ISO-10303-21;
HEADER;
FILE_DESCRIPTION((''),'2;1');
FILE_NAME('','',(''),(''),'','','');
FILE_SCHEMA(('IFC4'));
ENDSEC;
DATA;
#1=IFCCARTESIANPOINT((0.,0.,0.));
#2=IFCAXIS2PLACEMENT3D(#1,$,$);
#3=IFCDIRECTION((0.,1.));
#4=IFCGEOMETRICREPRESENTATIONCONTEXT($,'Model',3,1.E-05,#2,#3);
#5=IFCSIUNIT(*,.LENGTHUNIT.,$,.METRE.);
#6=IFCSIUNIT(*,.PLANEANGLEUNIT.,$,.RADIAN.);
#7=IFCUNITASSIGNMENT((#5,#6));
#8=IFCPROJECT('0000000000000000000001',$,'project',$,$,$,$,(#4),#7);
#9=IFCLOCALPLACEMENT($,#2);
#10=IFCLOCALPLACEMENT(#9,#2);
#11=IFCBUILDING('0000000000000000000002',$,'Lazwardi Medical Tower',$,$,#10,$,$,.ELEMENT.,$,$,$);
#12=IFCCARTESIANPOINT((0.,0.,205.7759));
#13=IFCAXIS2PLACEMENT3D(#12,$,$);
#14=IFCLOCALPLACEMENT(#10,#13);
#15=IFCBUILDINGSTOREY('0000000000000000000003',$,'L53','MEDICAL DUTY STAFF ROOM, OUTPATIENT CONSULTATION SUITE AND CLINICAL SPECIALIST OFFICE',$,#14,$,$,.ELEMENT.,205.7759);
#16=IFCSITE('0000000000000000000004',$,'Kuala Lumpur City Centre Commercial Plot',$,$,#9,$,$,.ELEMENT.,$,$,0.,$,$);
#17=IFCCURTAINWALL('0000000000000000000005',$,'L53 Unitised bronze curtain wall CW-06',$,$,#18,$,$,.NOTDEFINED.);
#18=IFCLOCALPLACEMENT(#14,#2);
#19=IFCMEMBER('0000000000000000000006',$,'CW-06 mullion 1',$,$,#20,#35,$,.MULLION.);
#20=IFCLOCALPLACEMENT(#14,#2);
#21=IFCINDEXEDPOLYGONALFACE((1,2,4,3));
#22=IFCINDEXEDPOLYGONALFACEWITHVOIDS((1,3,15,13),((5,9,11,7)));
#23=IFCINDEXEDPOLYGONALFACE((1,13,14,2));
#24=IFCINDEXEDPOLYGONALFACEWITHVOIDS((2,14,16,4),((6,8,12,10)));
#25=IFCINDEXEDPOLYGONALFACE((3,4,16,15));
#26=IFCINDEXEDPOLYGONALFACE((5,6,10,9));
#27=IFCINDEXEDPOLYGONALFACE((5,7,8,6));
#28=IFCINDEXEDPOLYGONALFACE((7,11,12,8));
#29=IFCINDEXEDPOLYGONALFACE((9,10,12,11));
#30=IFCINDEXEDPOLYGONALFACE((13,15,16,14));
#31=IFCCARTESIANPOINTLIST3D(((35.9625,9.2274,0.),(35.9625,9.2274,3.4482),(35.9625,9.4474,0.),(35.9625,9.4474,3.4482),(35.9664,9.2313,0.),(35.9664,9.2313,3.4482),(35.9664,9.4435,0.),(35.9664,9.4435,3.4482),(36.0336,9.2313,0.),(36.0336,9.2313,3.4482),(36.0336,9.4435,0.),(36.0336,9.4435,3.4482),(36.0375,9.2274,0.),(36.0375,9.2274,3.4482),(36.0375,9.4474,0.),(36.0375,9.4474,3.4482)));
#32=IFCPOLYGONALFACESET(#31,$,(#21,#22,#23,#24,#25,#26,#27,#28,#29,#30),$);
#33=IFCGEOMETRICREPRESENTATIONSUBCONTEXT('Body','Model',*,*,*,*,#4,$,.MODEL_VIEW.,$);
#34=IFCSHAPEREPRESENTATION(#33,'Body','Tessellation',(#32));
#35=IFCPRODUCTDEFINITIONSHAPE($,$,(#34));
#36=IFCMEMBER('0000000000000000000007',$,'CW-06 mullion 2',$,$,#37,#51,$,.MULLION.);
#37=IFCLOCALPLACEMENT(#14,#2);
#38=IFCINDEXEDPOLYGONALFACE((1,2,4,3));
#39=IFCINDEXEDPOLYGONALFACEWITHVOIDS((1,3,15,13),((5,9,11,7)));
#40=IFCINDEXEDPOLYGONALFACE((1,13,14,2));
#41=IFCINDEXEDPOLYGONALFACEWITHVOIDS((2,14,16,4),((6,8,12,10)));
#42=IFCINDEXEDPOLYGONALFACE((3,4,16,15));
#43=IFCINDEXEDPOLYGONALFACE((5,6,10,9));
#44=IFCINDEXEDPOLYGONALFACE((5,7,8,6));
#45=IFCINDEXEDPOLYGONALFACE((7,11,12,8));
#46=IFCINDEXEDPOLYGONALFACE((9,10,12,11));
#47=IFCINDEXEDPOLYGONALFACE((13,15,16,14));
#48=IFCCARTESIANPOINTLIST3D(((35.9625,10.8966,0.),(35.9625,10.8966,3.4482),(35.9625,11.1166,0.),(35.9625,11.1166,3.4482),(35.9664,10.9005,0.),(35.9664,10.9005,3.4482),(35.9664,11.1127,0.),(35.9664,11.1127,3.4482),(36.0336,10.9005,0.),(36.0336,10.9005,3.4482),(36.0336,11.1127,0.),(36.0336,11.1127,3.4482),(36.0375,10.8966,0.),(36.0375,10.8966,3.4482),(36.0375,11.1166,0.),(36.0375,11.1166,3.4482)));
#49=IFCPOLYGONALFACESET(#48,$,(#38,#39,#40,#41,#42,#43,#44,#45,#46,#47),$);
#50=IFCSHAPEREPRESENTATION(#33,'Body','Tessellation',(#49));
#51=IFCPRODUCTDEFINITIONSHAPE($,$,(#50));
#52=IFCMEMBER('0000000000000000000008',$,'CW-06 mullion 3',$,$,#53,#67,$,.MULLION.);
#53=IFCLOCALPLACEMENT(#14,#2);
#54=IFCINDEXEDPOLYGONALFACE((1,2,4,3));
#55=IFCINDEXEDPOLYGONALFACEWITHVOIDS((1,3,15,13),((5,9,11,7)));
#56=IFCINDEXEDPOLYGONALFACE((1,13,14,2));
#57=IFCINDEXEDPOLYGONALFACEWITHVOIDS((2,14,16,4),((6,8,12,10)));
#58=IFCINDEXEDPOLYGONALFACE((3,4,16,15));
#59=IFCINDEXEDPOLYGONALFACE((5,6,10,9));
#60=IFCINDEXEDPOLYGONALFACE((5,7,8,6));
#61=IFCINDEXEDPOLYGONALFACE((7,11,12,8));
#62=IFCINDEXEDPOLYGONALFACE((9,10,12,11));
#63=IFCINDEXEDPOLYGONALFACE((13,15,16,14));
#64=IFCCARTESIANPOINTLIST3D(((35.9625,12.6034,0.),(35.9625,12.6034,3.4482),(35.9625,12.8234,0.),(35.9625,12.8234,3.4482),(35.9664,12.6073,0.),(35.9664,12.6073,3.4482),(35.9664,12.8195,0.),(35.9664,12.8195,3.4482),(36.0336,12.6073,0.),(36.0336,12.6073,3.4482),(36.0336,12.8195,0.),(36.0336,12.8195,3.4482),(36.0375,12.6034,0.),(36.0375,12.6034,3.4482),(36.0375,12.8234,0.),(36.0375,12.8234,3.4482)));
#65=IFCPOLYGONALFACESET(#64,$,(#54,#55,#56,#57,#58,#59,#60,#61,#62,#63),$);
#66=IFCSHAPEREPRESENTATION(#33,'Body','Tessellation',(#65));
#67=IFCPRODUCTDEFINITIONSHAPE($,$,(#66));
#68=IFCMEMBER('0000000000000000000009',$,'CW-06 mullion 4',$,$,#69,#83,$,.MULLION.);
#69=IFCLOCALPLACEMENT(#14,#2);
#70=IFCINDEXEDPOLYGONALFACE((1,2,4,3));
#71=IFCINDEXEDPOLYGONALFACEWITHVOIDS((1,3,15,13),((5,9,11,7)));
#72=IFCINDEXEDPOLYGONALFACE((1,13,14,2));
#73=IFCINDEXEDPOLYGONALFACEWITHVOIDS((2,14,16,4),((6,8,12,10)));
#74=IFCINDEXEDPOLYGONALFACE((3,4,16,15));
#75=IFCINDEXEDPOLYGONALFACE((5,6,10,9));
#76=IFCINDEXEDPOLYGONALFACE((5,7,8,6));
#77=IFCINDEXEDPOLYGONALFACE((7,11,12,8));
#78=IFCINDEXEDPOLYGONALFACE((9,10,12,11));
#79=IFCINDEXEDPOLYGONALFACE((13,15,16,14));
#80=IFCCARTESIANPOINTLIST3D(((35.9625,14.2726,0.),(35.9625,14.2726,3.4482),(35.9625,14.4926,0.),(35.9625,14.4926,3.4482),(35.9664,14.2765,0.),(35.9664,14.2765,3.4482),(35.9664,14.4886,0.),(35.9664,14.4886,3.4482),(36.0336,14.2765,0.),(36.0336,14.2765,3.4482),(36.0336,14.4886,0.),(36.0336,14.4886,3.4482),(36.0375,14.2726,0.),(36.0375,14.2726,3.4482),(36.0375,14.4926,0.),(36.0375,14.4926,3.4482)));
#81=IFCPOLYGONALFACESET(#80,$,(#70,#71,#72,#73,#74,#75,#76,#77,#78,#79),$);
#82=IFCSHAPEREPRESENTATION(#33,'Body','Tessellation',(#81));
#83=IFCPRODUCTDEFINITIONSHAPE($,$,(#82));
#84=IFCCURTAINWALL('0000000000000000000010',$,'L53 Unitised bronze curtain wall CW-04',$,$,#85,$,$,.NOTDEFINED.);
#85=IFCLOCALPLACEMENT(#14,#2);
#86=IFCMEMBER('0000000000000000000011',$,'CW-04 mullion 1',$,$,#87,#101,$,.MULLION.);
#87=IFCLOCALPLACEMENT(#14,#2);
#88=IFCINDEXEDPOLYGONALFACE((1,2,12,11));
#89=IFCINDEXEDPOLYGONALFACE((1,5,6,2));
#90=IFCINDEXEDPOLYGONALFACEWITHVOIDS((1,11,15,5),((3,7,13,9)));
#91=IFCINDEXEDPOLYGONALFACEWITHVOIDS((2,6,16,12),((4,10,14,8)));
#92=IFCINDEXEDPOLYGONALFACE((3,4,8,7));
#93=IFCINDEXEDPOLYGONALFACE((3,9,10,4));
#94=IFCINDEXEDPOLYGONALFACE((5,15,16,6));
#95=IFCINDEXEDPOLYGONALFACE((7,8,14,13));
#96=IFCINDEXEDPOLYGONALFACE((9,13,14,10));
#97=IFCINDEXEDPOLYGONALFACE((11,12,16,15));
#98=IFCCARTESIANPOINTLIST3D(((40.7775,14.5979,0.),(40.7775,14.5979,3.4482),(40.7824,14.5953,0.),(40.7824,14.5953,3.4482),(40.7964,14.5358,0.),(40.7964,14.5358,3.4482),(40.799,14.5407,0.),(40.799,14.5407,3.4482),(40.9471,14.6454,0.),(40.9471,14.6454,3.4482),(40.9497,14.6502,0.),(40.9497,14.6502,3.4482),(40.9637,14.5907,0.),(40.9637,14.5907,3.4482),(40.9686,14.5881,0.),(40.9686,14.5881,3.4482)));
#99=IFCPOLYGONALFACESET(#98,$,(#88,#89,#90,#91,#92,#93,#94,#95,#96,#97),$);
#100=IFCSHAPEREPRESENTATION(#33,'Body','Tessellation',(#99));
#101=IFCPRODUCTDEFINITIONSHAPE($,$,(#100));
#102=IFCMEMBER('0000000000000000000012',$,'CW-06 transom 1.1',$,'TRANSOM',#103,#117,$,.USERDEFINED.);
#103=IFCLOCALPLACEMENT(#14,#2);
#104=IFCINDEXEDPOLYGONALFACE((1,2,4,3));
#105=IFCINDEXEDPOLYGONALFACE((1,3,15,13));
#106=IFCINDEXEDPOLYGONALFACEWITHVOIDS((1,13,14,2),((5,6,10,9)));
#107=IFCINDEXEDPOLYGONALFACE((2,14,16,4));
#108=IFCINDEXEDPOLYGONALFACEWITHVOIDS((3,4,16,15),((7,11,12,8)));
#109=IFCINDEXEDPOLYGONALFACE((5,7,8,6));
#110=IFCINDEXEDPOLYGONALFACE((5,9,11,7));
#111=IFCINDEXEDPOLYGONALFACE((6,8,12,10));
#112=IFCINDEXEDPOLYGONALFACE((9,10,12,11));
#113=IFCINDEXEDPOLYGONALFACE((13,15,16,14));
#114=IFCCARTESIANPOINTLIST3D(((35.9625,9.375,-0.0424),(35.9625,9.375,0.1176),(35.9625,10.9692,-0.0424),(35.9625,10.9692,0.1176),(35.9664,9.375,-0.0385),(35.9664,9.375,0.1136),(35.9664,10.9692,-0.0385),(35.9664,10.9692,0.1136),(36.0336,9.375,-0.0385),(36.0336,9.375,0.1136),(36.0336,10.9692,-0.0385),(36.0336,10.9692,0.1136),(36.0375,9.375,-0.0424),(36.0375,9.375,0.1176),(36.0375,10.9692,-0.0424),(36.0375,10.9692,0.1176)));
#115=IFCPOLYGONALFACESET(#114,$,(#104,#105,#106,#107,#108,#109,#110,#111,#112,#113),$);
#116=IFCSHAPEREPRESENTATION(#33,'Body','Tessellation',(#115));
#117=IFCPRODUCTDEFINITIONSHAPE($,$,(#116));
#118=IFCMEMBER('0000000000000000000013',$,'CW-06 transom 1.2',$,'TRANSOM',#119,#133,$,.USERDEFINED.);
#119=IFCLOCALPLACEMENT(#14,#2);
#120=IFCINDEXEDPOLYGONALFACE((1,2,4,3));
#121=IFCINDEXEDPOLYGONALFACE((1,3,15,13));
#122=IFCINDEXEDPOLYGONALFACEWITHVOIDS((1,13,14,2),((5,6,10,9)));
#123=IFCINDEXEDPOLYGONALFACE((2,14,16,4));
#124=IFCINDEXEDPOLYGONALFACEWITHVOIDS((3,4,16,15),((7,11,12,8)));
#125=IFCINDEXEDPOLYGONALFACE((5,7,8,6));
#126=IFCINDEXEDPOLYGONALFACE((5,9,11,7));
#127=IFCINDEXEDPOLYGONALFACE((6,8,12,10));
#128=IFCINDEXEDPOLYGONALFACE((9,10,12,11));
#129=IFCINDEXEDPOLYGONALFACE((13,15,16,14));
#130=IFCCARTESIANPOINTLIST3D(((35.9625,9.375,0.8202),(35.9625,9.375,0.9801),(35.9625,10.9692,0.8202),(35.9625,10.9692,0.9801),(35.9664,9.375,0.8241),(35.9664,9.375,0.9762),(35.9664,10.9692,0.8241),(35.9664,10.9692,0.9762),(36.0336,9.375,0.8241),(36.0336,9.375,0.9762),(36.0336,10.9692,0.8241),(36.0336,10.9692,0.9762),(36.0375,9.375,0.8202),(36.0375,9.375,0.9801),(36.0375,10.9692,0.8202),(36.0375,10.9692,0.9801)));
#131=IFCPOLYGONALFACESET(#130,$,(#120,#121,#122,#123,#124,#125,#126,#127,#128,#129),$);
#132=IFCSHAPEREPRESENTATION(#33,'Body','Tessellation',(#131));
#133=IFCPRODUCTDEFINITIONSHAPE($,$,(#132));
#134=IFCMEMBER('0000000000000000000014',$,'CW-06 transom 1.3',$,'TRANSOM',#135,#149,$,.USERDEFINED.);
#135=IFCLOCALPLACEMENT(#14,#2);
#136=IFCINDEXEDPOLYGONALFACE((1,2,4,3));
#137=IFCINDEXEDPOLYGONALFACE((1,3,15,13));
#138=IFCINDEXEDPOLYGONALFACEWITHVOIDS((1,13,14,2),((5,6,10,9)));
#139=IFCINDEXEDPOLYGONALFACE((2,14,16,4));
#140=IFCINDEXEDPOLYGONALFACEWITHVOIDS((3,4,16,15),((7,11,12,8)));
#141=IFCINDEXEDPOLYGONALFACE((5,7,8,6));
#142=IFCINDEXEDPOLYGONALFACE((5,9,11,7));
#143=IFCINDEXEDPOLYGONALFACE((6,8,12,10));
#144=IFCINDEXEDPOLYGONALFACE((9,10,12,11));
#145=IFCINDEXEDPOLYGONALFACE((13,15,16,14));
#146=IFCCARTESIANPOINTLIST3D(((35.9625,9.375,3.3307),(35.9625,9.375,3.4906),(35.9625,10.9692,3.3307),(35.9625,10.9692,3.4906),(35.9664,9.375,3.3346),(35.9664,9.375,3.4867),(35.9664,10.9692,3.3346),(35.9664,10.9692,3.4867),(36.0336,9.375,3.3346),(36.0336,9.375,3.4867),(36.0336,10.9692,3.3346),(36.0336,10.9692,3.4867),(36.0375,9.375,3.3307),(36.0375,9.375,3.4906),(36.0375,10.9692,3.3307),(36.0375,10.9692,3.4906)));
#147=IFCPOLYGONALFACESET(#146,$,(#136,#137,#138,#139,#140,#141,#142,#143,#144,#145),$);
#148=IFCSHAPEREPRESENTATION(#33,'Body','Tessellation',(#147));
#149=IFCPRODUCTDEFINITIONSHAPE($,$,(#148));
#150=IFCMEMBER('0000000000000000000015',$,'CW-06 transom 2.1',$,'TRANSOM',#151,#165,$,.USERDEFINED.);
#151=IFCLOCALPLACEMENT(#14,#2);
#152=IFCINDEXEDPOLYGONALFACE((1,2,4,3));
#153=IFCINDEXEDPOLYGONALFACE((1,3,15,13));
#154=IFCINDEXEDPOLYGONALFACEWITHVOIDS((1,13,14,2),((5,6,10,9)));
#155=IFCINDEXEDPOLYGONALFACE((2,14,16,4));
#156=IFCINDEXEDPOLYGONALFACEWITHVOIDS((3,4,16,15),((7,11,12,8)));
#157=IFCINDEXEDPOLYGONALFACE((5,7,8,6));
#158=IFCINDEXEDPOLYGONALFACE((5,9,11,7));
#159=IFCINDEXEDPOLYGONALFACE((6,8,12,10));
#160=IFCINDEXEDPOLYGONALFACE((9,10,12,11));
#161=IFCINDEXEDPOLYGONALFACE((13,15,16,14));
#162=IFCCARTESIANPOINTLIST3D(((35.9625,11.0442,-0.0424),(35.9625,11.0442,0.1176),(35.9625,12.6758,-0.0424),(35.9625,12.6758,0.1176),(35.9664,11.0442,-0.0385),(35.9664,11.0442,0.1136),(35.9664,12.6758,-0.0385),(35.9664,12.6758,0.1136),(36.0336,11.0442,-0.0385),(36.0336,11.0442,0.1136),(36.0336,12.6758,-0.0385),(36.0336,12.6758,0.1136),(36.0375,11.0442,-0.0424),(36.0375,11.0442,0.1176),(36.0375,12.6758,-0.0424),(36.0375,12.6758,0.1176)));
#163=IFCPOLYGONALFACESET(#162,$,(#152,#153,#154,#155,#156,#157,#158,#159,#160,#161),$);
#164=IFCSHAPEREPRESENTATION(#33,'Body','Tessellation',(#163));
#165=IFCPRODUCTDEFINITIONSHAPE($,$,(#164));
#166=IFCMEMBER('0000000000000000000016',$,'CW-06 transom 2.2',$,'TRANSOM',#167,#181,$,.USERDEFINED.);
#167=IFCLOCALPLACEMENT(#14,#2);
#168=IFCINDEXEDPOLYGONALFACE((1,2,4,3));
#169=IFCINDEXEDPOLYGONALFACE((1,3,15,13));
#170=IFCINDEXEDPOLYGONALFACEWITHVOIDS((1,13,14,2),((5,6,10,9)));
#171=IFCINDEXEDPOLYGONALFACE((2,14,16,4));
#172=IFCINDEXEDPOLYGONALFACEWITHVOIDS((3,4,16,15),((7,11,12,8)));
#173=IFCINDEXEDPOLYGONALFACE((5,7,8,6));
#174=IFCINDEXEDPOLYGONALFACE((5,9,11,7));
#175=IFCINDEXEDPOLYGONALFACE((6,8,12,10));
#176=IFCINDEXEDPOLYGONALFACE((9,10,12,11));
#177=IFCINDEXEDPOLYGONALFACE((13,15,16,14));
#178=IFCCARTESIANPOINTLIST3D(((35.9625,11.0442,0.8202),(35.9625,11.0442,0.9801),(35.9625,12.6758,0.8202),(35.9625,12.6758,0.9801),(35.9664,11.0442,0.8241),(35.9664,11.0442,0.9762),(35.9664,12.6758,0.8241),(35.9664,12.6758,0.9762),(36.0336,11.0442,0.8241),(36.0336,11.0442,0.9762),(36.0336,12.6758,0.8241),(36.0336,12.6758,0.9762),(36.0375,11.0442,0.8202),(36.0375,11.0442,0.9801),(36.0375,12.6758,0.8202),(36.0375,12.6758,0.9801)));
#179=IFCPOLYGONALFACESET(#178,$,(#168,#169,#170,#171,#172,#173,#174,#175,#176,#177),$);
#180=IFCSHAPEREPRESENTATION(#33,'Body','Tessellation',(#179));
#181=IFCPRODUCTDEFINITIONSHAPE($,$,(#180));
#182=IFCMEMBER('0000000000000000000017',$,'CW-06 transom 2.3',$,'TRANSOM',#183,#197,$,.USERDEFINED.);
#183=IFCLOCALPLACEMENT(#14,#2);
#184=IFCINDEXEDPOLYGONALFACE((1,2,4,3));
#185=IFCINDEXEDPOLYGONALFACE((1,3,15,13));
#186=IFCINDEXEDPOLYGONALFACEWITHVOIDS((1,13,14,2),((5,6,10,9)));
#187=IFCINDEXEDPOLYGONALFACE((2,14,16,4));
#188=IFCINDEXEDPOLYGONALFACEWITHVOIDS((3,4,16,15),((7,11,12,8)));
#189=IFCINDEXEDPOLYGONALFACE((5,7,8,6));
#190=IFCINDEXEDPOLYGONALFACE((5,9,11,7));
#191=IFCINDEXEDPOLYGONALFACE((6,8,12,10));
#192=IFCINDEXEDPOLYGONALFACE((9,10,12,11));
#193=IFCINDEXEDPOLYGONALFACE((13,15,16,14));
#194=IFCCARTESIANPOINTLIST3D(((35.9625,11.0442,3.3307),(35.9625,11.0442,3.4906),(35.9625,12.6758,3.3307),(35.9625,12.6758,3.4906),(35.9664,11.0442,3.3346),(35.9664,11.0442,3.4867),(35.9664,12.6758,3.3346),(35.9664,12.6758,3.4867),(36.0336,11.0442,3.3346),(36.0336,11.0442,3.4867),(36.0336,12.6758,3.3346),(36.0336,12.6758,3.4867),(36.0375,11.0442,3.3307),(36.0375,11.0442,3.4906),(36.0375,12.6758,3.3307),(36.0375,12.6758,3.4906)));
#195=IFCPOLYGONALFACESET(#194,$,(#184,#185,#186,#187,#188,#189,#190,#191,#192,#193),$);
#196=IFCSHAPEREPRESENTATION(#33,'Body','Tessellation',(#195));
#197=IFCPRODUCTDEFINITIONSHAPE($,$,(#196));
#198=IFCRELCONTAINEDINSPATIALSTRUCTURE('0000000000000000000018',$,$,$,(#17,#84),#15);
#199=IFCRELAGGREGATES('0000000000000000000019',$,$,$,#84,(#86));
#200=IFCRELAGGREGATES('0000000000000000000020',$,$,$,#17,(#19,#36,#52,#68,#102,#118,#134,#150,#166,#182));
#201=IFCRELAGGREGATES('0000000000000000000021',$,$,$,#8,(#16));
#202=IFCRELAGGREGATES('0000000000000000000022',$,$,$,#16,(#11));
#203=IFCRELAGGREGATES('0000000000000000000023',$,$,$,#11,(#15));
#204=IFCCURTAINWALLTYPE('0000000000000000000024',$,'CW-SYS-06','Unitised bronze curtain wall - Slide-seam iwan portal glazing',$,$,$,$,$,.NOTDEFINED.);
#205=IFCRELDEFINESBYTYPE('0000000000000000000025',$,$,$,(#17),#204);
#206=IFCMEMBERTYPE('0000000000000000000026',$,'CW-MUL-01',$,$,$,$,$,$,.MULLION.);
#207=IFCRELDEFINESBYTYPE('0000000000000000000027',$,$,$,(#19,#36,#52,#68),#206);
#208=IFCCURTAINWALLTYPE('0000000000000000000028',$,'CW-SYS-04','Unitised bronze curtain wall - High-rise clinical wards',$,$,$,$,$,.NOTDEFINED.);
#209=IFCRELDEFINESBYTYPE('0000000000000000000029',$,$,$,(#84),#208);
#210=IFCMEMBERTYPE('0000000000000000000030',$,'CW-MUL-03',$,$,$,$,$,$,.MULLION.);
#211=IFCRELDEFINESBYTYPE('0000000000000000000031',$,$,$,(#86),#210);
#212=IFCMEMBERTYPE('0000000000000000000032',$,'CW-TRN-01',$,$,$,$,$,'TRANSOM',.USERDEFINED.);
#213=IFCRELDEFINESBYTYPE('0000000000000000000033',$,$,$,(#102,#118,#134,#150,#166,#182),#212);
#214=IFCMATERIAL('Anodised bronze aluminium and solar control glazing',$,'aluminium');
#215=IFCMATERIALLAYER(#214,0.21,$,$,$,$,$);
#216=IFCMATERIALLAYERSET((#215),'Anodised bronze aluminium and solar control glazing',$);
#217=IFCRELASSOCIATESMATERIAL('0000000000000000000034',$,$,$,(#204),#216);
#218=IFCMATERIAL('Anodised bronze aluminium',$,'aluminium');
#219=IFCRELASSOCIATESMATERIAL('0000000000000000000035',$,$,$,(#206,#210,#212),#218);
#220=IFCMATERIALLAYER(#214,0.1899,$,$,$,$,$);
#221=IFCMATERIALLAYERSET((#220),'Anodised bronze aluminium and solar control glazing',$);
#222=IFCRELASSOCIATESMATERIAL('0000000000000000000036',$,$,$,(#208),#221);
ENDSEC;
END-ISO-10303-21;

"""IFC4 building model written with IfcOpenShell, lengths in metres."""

from ifc_helpers import new_model, si_unit, direction, frame, origin, origin_2d, place, context, subcontext, project, spatial, hollow_rectangle, extrude, material, layer, layer_set, material_profile, profile_set, type_object, element, aggregate, save


model = new_model("IFC4")

# Units and contexts
model_context = context("Model", 3, precision=1e-05, world=origin(), true_north=direction((0.0, 1.0)))
body_context = subcontext(model_context, "Body", "Model", "MODEL_VIEW")
ifc_project = project(units=[si_unit("LENGTHUNIT", "METRE"), si_unit("PLANEANGLEUNIT", "RADIAN")], contexts=[model_context])

# Site, building, storey
site_placement = place(None, origin())
site = spatial("IfcSite", under=ifc_project, at=site_placement, Name="Kuala Lumpur City Centre Commercial Plot", CompositionType="ELEMENT", RefElevation=0.0)
building_placement = place(site_placement, origin())
building = spatial("IfcBuilding", under=site, at=building_placement, Name="Lazwardi Medical Tower", CompositionType="ELEMENT")
storey_placement = place(building_placement, frame((0.0, 0.0, 205.7759)))
storey = spatial("IfcBuildingStorey", under=building, at=storey_placement, Name="L53", Description="MEDICAL DUTY STAFF ROOM, OUTPATIENT CONSULTATION SUITE AND CLINICAL SPECIALIST OFFICE", CompositionType="ELEMENT", Elevation=205.7759)

# Curtain wall, members
ifc_material_1 = material(Name="Anodised bronze aluminium and solar control glazing", Category="aluminium")
ifc_layer_1 = layer(ifc_material_1, 0.21)
ifc_layer_set_1 = layer_set([ifc_layer_1], Name="Anodised bronze aluminium and solar control glazing")
curtain_wall_type_1 = type_object("IfcCurtainWallType", Name="CW-SYS-06", Description="Unitised bronze curtain wall - Slide-seam iwan portal glazing", PredefinedType="NOTDEFINED", material=ifc_layer_set_1)
curtain_wall_1_placement = place(storey_placement, origin())
curtain_wall_1 = element("IfcCurtainWall", 1, at=curtain_wall_1_placement, inside=storey, type_object=curtain_wall_type_1, Name="L53 Unitised bronze curtain wall CW-06", PredefinedType="NOTDEFINED")
ifc_material_2 = material(Name="Anodised bronze aluminium", Category="aluminium")
ifc_material_profile_1 = material_profile(ifc_material_2, hollow_rectangle(XDim=0.075, YDim=0.22, WallThickness=0.0039, at=origin_2d()), Name="ALU-MULLION 220x75x4")
ifc_profile_set_1 = profile_set([ifc_material_profile_1], Name="Anodised bronze aluminium")
member_type_1 = type_object("IfcMemberType", Name="CW-MUL-01", PredefinedType="MULLION", material=ifc_profile_set_1)
member_1_placement = place(storey_placement, frame((36.0, 9.3374, 0.0), z_axis=(0.0, 0.0, 1.0), x_axis=(-1.0, 0.0, 0.0)))
member_1 = element("IfcMember", 2, at=member_1_placement, type_object=member_type_1, Name="CW-06 mullion 1", PredefinedType="MULLION", context=body_context, shape_type="SweptSolid", body=[
    extrude(hollow_rectangle(XDim=0.075, YDim=0.22, WallThickness=0.0039, at=origin_2d()), origin(), (0.0, 0.0, 1.0), 3.4482),
])
member_2_placement = place(storey_placement, frame((36.0, 11.0066, 0.0), z_axis=(0.0, 0.0, 1.0), x_axis=(-1.0, 0.0, 0.0)))
member_2 = element("IfcMember", 3, at=member_2_placement, type_object=member_type_1, Name="CW-06 mullion 2", PredefinedType="MULLION", context=body_context, shape_type="SweptSolid", body=[
    extrude(hollow_rectangle(XDim=0.075, YDim=0.22, WallThickness=0.0039, at=origin_2d()), origin(), (0.0, 0.0, 1.0), 3.4482),
])
member_3_placement = place(storey_placement, frame((36.0, 12.7134, 0.0), z_axis=(0.0, 0.0, 1.0), x_axis=(-1.0, 0.0, 0.0)))
member_3 = element("IfcMember", 4, at=member_3_placement, type_object=member_type_1, Name="CW-06 mullion 3", PredefinedType="MULLION", context=body_context, shape_type="SweptSolid", body=[
    extrude(hollow_rectangle(XDim=0.075, YDim=0.22, WallThickness=0.0039, at=origin_2d()), origin(), (0.0, 0.0, 1.0), 3.4482),
])
member_4_placement = place(storey_placement, frame((36.0, 14.3826, 0.0), z_axis=(0.0, 0.0, 1.0), x_axis=(-1.0, 0.0, 0.0)))
member_4 = element("IfcMember", 5, at=member_4_placement, type_object=member_type_1, Name="CW-06 mullion 4", PredefinedType="MULLION", context=body_context, shape_type="SweptSolid", body=[
    extrude(hollow_rectangle(XDim=0.075, YDim=0.22, WallThickness=0.0039, at=origin_2d()), origin(), (0.0, 0.0, 1.0), 3.4482),
])

# Curtain wall, member
ifc_layer_2 = layer(ifc_material_1, 0.1899)
ifc_layer_set_2 = layer_set([ifc_layer_2], Name="Anodised bronze aluminium and solar control glazing")
curtain_wall_type_2 = type_object("IfcCurtainWallType", Name="CW-SYS-04", Description="Unitised bronze curtain wall - High-rise clinical wards", PredefinedType="NOTDEFINED", material=ifc_layer_set_2)
curtain_wall_2_placement = place(storey_placement, origin())
curtain_wall_2 = element("IfcCurtainWall", 6, at=curtain_wall_2_placement, inside=storey, type_object=curtain_wall_type_2, Name="L53 Unitised bronze curtain wall CW-04", PredefinedType="NOTDEFINED")
ifc_material_profile_2 = material_profile(ifc_material_2, hollow_rectangle(XDim=0.0649, YDim=0.1799, WallThickness=0.0039, at=origin_2d()), Name="ALU-MULLION 180x65x4")
ifc_profile_set_2 = profile_set([ifc_material_profile_2], Name="Anodised bronze aluminium")
member_type_2 = type_object("IfcMemberType", Name="CW-MUL-03", PredefinedType="MULLION", material=ifc_profile_set_2)
member_5_placement = place(storey_placement, frame((40.873, 14.593, 0.0), z_axis=(0.0, 0.0, 1.0), x_axis=(-0.290582, 0.95685, 0.0)))
member_5 = element("IfcMember", 7, at=member_5_placement, type_object=member_type_2, Name="CW-04 mullion 1", PredefinedType="MULLION", context=body_context, shape_type="SweptSolid", body=[
    extrude(hollow_rectangle(XDim=0.0649, YDim=0.1799, WallThickness=0.0039, at=origin_2d()), origin(), (0.0, 0.0, 1.0), 3.4482),
])
aggregate(curtain_wall_2, [member_5])

# Members
ifc_material_profile_3 = material_profile(ifc_material_2, hollow_rectangle(XDim=0.075, YDim=0.1599, WallThickness=0.0039, at=origin_2d()), Name="ALU-TRANSOM 160x75x4")
ifc_profile_set_3 = profile_set([ifc_material_profile_3], Name="Anodised bronze aluminium")
member_type_3 = type_object("IfcMemberType", Name="CW-TRN-01", ElementType="TRANSOM", PredefinedType="USERDEFINED", material=ifc_profile_set_3)
member_6_placement = place(storey_placement, frame((36.0, 9.375, 0.0376), z_axis=(0.0, 1.0, 0.0), x_axis=(-1.0, 0.0, 0.0)))
member_6 = element("IfcMember", 8, at=member_6_placement, type_object=member_type_3, Name="CW-06 transom 1.1", ObjectType="TRANSOM", PredefinedType="USERDEFINED", context=body_context, shape_type="SweptSolid", body=[
    extrude(hollow_rectangle(XDim=0.075, YDim=0.1599, WallThickness=0.0039, at=origin_2d()), origin(), (0.0, 0.0, 1.0), 1.5942),
])
member_7_placement = place(storey_placement, frame((36.0, 9.375, 0.9001), z_axis=(0.0, 1.0, 0.0), x_axis=(-1.0, 0.0, 0.0)))
member_7 = element("IfcMember", 9, at=member_7_placement, type_object=member_type_3, Name="CW-06 transom 1.2", ObjectType="TRANSOM", PredefinedType="USERDEFINED", context=body_context, shape_type="SweptSolid", body=[
    extrude(hollow_rectangle(XDim=0.075, YDim=0.1599, WallThickness=0.0039, at=origin_2d()), origin(), (0.0, 0.0, 1.0), 1.5942),
])
member_8_placement = place(storey_placement, frame((36.0, 9.375, 3.4106), z_axis=(0.0, 1.0, 0.0), x_axis=(-1.0, 0.0, 0.0)))
member_8 = element("IfcMember", 10, at=member_8_placement, type_object=member_type_3, Name="CW-06 transom 1.3", ObjectType="TRANSOM", PredefinedType="USERDEFINED", context=body_context, shape_type="SweptSolid", body=[
    extrude(hollow_rectangle(XDim=0.075, YDim=0.1599, WallThickness=0.0039, at=origin_2d()), origin(), (0.0, 0.0, 1.0), 1.5942),
])
member_9_placement = place(storey_placement, frame((36.0, 11.0442, 0.0376), z_axis=(0.0, 1.0, 0.0), x_axis=(-1.0, 0.0, 0.0)))
member_9 = element("IfcMember", 11, at=member_9_placement, type_object=member_type_3, Name="CW-06 transom 2.1", ObjectType="TRANSOM", PredefinedType="USERDEFINED", context=body_context, shape_type="SweptSolid", body=[
    extrude(hollow_rectangle(XDim=0.075, YDim=0.1599, WallThickness=0.0039, at=origin_2d()), origin(), (0.0, 0.0, 1.0), 1.6316),
])
member_10_placement = place(storey_placement, frame((36.0, 11.0442, 0.9001), z_axis=(0.0, 1.0, 0.0), x_axis=(-1.0, 0.0, 0.0)))
member_10 = element("IfcMember", 12, at=member_10_placement, type_object=member_type_3, Name="CW-06 transom 2.2", ObjectType="TRANSOM", PredefinedType="USERDEFINED", context=body_context, shape_type="SweptSolid", body=[
    extrude(hollow_rectangle(XDim=0.075, YDim=0.1599, WallThickness=0.0039, at=origin_2d()), origin(), (0.0, 0.0, 1.0), 1.6316),
])
member_11_placement = place(storey_placement, frame((36.0, 11.0442, 3.4106), z_axis=(0.0, 1.0, 0.0), x_axis=(-1.0, 0.0, 0.0)))
member_11 = element("IfcMember", 13, at=member_11_placement, type_object=member_type_3, Name="CW-06 transom 2.3", ObjectType="TRANSOM", PredefinedType="USERDEFINED", context=body_context, shape_type="SweptSolid", body=[
    extrude(hollow_rectangle(XDim=0.075, YDim=0.1599, WallThickness=0.0039, at=origin_2d()), origin(), (0.0, 0.0, 1.0), 1.6316),
])

aggregate(curtain_wall_1, [member_1, member_2, member_3, member_4, member_6, member_7, member_8, member_9, member_10, member_11])

save(model, "model.ifc")
